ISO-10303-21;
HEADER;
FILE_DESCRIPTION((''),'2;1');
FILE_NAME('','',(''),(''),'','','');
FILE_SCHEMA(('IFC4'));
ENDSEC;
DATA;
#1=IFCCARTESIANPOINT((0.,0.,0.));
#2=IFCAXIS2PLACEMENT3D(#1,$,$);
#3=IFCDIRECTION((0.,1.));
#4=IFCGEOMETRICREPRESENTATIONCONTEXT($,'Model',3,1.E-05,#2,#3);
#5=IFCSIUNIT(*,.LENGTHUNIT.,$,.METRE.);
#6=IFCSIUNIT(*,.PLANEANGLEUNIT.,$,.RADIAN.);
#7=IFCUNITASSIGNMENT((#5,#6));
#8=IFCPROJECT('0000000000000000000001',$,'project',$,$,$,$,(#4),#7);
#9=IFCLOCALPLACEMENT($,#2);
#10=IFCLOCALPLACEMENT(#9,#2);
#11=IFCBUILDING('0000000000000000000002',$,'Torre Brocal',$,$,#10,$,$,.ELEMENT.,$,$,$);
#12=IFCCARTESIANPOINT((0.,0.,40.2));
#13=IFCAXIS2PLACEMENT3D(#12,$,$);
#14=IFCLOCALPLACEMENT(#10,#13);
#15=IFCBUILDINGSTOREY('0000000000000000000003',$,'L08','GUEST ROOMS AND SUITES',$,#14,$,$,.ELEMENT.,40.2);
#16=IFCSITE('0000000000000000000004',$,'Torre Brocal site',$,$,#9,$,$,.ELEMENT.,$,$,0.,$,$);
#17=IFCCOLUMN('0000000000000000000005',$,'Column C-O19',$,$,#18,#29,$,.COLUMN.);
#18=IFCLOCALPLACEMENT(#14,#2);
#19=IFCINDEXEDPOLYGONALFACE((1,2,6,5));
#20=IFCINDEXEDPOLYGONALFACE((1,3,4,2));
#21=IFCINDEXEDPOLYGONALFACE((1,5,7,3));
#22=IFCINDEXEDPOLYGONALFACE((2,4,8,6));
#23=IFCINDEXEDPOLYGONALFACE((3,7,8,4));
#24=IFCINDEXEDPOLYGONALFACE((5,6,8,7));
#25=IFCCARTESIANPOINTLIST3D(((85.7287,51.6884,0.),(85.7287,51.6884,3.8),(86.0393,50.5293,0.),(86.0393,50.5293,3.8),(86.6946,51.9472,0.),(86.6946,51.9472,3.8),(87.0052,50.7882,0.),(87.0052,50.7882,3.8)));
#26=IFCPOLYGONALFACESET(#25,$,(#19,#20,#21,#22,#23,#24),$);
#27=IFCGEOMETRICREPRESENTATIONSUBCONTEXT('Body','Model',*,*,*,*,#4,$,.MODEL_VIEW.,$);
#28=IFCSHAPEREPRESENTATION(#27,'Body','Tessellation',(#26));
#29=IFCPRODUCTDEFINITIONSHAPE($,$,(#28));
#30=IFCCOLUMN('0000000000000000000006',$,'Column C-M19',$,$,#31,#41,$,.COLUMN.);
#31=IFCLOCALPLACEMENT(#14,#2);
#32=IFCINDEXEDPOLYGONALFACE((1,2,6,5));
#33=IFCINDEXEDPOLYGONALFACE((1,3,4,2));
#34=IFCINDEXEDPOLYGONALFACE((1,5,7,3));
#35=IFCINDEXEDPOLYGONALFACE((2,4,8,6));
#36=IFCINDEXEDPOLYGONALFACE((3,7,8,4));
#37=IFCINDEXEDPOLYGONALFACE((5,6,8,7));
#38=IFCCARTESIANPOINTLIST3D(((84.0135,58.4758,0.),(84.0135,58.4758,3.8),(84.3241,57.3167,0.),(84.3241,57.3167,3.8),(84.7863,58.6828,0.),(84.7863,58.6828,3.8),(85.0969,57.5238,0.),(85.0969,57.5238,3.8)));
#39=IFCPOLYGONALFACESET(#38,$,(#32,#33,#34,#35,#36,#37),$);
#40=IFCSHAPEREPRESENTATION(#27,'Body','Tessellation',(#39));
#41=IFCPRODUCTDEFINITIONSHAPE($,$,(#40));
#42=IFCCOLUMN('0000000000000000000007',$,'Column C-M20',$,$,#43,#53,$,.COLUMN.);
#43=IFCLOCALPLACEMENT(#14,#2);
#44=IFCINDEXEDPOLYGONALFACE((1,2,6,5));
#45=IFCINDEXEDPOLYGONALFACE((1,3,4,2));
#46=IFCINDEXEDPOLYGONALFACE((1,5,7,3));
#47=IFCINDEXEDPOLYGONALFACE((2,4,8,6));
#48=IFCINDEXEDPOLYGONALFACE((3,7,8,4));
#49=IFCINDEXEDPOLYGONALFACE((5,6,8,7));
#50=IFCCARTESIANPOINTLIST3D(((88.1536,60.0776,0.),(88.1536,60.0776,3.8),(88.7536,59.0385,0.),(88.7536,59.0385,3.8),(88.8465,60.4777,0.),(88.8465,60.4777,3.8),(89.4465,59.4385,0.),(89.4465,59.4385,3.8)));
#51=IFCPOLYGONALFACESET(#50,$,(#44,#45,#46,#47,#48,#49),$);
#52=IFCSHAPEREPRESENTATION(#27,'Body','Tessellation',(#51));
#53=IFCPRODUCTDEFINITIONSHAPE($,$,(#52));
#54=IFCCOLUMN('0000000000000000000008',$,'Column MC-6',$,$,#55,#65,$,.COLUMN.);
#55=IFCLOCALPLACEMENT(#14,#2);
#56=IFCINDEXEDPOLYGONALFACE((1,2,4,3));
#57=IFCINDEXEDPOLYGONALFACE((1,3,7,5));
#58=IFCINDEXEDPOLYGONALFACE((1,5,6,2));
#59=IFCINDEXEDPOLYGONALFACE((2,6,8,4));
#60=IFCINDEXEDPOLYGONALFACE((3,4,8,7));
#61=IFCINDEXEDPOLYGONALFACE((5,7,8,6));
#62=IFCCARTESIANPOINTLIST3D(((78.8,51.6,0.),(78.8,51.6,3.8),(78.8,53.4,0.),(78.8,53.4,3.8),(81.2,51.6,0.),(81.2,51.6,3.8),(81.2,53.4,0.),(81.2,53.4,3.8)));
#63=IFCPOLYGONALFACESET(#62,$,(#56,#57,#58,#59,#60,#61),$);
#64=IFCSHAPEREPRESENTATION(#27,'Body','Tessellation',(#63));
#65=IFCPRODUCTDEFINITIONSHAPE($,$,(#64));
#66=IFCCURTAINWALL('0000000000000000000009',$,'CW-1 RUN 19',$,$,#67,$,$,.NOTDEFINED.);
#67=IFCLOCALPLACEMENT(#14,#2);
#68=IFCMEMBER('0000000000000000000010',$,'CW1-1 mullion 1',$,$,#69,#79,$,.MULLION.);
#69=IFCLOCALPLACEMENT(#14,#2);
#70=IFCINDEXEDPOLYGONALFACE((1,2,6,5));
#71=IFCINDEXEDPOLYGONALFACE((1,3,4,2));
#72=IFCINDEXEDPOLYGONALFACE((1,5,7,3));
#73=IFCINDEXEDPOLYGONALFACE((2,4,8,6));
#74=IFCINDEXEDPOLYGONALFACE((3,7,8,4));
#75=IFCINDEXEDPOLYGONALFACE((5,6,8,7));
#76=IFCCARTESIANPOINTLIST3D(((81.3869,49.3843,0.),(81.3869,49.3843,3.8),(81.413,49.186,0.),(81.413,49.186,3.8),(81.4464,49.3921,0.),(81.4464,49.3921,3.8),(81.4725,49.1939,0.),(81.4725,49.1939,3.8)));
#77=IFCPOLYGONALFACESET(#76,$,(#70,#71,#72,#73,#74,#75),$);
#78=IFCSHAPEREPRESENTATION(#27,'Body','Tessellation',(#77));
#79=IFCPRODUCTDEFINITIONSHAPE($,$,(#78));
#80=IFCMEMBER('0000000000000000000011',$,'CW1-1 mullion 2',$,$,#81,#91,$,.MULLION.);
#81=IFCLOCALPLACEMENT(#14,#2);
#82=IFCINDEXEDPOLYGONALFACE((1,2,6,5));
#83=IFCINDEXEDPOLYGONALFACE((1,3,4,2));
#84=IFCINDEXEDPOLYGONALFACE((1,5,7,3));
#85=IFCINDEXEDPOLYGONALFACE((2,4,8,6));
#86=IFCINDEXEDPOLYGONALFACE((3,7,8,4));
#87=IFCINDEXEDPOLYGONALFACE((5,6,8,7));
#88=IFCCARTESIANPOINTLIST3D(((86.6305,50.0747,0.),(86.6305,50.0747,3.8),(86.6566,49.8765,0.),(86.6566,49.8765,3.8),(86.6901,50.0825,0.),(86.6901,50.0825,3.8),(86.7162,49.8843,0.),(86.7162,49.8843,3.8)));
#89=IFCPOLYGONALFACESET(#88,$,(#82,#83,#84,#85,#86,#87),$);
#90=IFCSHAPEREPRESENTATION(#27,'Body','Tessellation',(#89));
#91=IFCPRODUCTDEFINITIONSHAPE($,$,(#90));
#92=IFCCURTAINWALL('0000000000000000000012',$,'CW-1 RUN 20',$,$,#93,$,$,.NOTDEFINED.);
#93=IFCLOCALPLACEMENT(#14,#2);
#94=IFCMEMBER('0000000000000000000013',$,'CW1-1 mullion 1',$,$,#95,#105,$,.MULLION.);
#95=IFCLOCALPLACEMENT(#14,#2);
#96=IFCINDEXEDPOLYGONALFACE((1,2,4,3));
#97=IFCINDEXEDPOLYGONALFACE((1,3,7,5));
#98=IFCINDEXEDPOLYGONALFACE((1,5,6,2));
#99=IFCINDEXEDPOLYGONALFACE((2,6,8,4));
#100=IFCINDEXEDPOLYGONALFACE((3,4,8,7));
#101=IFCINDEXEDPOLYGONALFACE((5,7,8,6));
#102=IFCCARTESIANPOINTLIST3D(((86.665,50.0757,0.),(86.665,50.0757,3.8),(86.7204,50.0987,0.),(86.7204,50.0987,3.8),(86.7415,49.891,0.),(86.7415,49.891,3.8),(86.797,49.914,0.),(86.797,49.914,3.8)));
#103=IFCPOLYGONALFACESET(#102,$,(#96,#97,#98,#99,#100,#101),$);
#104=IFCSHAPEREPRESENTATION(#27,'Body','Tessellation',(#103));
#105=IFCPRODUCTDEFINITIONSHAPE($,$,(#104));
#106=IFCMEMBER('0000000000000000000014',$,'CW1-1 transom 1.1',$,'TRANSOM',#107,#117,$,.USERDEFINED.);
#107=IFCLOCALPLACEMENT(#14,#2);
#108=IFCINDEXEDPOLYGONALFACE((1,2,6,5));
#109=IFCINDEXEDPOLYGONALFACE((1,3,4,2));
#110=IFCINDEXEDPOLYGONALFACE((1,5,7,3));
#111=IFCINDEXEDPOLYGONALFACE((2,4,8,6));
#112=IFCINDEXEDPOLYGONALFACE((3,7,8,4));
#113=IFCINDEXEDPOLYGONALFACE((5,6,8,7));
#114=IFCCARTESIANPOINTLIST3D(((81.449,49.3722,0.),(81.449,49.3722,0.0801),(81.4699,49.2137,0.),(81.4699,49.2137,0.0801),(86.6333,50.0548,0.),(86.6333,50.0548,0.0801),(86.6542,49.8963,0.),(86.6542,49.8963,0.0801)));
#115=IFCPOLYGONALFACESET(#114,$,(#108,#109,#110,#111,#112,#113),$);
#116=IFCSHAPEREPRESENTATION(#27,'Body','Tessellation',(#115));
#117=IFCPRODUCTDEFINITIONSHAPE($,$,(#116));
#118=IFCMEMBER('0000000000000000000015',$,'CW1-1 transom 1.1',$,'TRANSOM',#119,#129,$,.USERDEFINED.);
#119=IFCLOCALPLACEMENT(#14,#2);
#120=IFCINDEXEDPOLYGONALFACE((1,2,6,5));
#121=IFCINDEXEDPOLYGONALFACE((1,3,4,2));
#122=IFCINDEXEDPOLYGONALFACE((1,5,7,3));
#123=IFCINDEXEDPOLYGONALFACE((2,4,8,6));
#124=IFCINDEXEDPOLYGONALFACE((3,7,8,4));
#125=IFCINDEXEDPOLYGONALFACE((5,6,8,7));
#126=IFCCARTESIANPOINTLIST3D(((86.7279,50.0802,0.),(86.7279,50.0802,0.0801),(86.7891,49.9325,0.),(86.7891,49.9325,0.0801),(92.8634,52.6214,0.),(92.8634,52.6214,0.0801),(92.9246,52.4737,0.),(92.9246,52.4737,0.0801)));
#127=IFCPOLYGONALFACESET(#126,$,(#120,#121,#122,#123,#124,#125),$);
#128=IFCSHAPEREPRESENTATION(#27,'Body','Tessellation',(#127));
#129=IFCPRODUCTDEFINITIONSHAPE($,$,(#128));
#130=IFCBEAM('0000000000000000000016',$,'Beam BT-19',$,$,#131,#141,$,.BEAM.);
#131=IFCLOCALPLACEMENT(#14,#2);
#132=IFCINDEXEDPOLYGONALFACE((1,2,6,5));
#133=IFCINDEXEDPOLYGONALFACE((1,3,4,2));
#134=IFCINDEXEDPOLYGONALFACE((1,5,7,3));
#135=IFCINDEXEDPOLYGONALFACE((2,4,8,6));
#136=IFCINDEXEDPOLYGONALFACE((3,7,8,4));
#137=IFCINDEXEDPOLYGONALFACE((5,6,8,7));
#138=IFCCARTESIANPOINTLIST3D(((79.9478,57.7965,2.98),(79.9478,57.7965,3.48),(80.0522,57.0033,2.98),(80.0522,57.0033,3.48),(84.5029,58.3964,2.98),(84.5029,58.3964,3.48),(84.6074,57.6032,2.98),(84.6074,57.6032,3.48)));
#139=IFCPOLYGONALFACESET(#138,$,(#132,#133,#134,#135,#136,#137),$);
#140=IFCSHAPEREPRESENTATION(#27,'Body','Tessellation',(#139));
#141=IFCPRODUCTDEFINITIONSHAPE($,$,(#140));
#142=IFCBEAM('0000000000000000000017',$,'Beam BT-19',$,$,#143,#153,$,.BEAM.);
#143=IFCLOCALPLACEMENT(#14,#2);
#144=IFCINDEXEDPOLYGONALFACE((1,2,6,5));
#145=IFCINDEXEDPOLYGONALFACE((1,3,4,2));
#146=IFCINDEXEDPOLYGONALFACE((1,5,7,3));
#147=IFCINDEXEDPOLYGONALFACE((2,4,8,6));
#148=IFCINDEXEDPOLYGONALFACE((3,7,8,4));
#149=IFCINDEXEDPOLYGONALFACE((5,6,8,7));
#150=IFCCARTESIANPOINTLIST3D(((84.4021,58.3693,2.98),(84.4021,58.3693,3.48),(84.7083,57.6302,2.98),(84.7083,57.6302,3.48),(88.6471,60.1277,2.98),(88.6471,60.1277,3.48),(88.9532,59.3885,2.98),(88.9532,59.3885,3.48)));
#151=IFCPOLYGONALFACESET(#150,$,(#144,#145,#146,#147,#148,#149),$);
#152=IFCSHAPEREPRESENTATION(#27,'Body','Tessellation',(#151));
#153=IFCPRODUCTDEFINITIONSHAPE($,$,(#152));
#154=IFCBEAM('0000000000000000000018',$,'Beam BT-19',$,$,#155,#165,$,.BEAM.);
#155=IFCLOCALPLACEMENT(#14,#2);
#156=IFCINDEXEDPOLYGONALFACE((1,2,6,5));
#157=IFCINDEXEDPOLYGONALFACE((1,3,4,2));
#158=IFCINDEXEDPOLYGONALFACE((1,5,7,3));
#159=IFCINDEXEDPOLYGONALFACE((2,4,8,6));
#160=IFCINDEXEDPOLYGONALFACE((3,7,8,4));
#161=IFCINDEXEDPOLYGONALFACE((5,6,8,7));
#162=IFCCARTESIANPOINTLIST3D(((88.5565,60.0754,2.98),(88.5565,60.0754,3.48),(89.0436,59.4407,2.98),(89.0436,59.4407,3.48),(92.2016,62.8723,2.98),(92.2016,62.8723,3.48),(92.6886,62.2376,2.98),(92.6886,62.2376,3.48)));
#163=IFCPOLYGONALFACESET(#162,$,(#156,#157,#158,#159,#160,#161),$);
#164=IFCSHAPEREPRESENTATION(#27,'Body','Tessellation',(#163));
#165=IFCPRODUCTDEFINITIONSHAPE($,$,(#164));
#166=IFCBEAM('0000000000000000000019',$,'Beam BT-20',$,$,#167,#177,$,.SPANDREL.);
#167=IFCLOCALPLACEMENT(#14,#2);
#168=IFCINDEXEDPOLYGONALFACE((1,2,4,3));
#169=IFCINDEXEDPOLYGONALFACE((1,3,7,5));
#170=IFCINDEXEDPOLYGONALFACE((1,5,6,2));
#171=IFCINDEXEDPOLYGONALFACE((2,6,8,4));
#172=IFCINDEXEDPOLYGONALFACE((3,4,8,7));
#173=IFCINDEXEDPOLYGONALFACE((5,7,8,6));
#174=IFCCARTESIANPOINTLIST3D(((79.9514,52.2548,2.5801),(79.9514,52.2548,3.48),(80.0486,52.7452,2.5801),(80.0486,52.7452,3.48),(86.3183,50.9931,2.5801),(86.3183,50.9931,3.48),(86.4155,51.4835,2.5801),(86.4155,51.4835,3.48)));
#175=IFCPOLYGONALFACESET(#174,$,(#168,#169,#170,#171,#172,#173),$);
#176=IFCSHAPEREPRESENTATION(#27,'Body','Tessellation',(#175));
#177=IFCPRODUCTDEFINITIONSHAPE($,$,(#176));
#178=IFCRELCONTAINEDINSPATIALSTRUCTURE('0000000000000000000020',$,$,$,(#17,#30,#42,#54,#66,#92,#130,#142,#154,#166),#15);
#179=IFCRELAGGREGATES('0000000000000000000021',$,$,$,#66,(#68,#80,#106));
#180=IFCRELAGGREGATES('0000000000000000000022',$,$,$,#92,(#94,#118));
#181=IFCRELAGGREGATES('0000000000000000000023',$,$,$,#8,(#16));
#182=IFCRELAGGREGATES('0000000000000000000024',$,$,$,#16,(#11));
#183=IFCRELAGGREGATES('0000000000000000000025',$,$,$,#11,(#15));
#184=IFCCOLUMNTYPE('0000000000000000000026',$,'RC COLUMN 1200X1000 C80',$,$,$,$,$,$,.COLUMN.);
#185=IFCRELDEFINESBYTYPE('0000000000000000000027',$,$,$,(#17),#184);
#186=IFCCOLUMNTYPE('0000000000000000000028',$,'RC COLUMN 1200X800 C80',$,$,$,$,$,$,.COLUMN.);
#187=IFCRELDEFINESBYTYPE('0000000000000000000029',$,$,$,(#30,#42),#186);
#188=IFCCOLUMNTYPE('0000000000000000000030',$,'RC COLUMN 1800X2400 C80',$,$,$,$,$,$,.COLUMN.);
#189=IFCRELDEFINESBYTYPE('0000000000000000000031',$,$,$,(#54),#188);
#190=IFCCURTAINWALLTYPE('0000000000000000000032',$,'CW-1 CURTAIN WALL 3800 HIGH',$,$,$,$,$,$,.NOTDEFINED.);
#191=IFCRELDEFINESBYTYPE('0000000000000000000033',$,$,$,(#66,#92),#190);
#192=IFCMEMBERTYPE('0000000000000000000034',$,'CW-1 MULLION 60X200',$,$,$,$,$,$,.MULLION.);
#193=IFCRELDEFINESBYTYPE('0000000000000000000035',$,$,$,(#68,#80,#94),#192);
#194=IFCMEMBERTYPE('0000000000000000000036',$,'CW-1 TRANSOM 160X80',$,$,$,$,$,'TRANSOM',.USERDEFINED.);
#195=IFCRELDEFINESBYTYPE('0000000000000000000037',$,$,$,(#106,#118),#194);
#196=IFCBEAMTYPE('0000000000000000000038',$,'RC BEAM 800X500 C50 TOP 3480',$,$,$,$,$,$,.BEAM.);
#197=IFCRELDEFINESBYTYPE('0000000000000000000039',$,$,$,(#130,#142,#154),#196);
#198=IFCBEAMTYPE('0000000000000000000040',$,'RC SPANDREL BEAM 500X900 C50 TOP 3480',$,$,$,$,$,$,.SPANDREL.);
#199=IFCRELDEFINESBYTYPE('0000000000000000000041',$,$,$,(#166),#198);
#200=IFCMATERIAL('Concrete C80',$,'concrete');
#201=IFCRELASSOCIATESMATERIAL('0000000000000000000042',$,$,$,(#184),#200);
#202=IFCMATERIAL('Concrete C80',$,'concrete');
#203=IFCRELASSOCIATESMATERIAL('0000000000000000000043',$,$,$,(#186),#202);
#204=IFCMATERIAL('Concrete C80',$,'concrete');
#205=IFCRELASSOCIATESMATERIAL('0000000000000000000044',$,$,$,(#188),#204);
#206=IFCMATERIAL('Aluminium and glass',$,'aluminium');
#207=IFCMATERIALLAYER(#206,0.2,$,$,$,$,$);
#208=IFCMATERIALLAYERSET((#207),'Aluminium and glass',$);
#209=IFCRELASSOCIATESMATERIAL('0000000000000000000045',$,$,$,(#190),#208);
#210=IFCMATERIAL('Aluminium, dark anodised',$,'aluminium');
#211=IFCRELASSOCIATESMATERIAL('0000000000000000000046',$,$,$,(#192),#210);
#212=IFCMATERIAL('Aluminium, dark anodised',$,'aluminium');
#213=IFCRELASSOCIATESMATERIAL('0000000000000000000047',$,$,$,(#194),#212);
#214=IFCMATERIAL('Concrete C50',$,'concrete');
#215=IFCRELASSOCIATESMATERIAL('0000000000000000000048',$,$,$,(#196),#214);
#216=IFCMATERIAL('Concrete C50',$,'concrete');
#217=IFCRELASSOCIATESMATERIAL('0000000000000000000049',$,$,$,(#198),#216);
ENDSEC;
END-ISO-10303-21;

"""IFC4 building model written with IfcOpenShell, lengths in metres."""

from ifc_helpers import new_model, si_unit, direction, frame, origin, origin_2d, place, context, subcontext, project, spatial, rectangle, extrude, material, layer, layer_set, material_profile, profile_set, type_object, element, aggregate, save


model = new_model("IFC4")

# Units and contexts
model_context = context("Model", 3, precision=1e-05, world=origin(), true_north=direction((0.0, 1.0)))
body_context = subcontext(model_context, "Body", "Model", "MODEL_VIEW")
ifc_project = project(units=[si_unit("LENGTHUNIT", "METRE"), si_unit("PLANEANGLEUNIT", "RADIAN")], contexts=[model_context])

# Site, building, storey
site_placement = place(None, origin())
site = spatial("IfcSite", under=ifc_project, at=site_placement, Name="Torre Brocal site", CompositionType="ELEMENT", RefElevation=0.0)
building_placement = place(site_placement, origin())
building = spatial("IfcBuilding", under=site, at=building_placement, Name="Torre Brocal", CompositionType="ELEMENT")
storey_placement = place(building_placement, frame((0.0, 0.0, 40.2)))
storey = spatial("IfcBuildingStorey", under=building, at=storey_placement, Name="L08", Description="GUEST ROOMS AND SUITES", CompositionType="ELEMENT", Elevation=40.2)

# Columns
ifc_material_1 = material(Name="Concrete C80", Category="concrete")
ifc_material_profile_1 = material_profile(ifc_material_1, rectangle(XDim=1.2, YDim=1.0, at=origin_2d()), Name="RC 1200X1000")
ifc_profile_set_1 = profile_set([ifc_material_profile_1], Name="Concrete C80")
column_type_1 = type_object("IfcColumnType", Name="RC COLUMN 1200X1000 C80", PredefinedType="COLUMN", material=ifc_profile_set_1)
column_1_placement = place(storey_placement, frame((86.3669, 51.2383, 0.0), z_axis=(0.0, 0.0, 1.0), x_axis=(0.258819, -0.965926, 0.0)))
element("IfcColumn", 1, at=column_1_placement, inside=storey, type_object=column_type_1, Name="Column C-O19", PredefinedType="COLUMN", context=body_context, shape_type="SweptSolid", body=[
    extrude(rectangle(XDim=1.2, YDim=1.0, at=origin_2d()), origin(), (0.0, 0.0, 1.0), 3.8),
])
ifc_material_2 = material(Name="Concrete C80", Category="concrete")
ifc_material_profile_2 = material_profile(ifc_material_2, rectangle(XDim=1.2, YDim=0.8, at=origin_2d()), Name="RC 1200X800")
ifc_profile_set_2 = profile_set([ifc_material_profile_2], Name="Concrete C80")
column_type_2 = type_object("IfcColumnType", Name="RC COLUMN 1200X800 C80", PredefinedType="COLUMN", material=ifc_profile_set_2)
for number, where, z_axis, x_axis, name in (
    (2, (84.5552, 57.9998, 0.0), (0.0, 0.0, 1.0), (0.258819, -0.965926, 0.0), "Column C-M19"),
    (3, (88.8, 59.7581, 0.0), (0.0, 0.0, 1.0), (0.5, -0.866025, 0.0), "Column C-M20"),
):
    element("IfcColumn", number, at=place(storey_placement, frame(where, z_axis=z_axis, x_axis=x_axis)), inside=storey, type_object=column_type_2, Name=name, PredefinedType="COLUMN", context=body_context, shape_type="SweptSolid", body=[
        extrude(rectangle(XDim=1.2, YDim=0.8, at=origin_2d()), origin(), (0.0, 0.0, 1.0), 3.8),
    ])
ifc_material_3 = material(Name="Concrete C80", Category="concrete")
ifc_material_profile_3 = material_profile(ifc_material_3, rectangle(XDim=1.8, YDim=2.3999, at=origin_2d()), Name="RC 1800X2400")
ifc_profile_set_3 = profile_set([ifc_material_profile_3], Name="Concrete C80")
column_type_3 = type_object("IfcColumnType", Name="RC COLUMN 1800X2400 C80", PredefinedType="COLUMN", material=ifc_profile_set_3)
column_2_placement = place(storey_placement, frame((80.0, 52.5, 0.0), z_axis=(0.0, 0.0, 1.0), x_axis=(0.0, -1.0, 0.0)))
element("IfcColumn", 4, at=column_2_placement, inside=storey, type_object=column_type_3, Name="Column MC-6", PredefinedType="COLUMN", context=body_context, shape_type="SweptSolid", body=[
    extrude(rectangle(XDim=1.8, YDim=2.3999, at=origin_2d()), origin(), (0.0, 0.0, 1.0), 3.8),
])

# Curtain wall, members
ifc_material_4 = material(Name="Aluminium and glass", Category="aluminium")
ifc_layer_1 = layer(ifc_material_4, 0.2)
ifc_layer_set_1 = layer_set([ifc_layer_1], Name="Aluminium and glass")
curtain_wall_type = type_object("IfcCurtainWallType", Name="CW-1 CURTAIN WALL 3800 HIGH", PredefinedType="NOTDEFINED", material=ifc_layer_set_1)
curtain_wall_1_placement = place(storey_placement, origin())
curtain_wall_1 = element("IfcCurtainWall", 5, at=curtain_wall_1_placement, inside=storey, type_object=curtain_wall_type, Name="CW-1 RUN 19", PredefinedType="NOTDEFINED")
ifc_material_5 = material(Name="Aluminium, dark anodised", Category="aluminium")
ifc_material_profile_4 = material_profile(ifc_material_5, rectangle(XDim=0.2, YDim=0.0601, at=origin_2d()), Name="CW-1 MULLION 60X200")
ifc_profile_set_4 = profile_set([ifc_material_profile_4], Name="Aluminium, dark anodised")
member_type_1 = type_object("IfcMemberType", Name="CW-1 MULLION 60X200", PredefinedType="MULLION", material=ifc_profile_set_4)
member_1_placement = place(storey_placement, frame((81.4297, 49.2891, 0.0), z_axis=(0.0, 0.0, 1.0), x_axis=(-0.130526, 0.991445, 0.0)))
member_1 = element("IfcMember", 6, at=member_1_placement, type_object=member_type_1, Name="CW1-1 mullion 1", PredefinedType="MULLION", context=body_context, shape_type="SweptSolid", body=[
    extrude(rectangle(XDim=0.2, YDim=0.0601, at=origin_2d()), origin(), (0.0, 0.0, 1.0), 3.8),
])
member_2_placement = place(storey_placement, frame((86.6733, 49.9795, 0.0), z_axis=(0.0, 0.0, 1.0), x_axis=(-0.130526, 0.991445, 0.0)))
member_2 = element("IfcMember", 7, at=member_2_placement, type_object=member_type_1, Name="CW1-1 mullion 2", PredefinedType="MULLION", context=body_context, shape_type="SweptSolid", body=[
    extrude(rectangle(XDim=0.2, YDim=0.0601, at=origin_2d()), origin(), (0.0, 0.0, 1.0), 3.8),
])

# Curtain wall, member
curtain_wall_2_placement = place(storey_placement, origin())
curtain_wall_2 = element("IfcCurtainWall", 8, at=curtain_wall_2_placement, inside=storey, type_object=curtain_wall_type, Name="CW-1 RUN 20", PredefinedType="NOTDEFINED")
member_3_placement = place(storey_placement, frame((86.731, 49.9949, 0.0), z_axis=(0.0, 0.0, 1.0), x_axis=(-0.382683, 0.92388, 0.0)))
member_3 = element("IfcMember", 9, at=member_3_placement, type_object=member_type_1, Name="CW1-1 mullion 1", PredefinedType="MULLION", context=body_context, shape_type="SweptSolid", body=[
    extrude(rectangle(XDim=0.2, YDim=0.0601, at=origin_2d()), origin(), (0.0, 0.0, 1.0), 3.8),
])

# Members
ifc_material_6 = material(Name="Aluminium, dark anodised", Category="aluminium")
ifc_material_profile_5 = material_profile(ifc_material_6, rectangle(XDim=0.1599, YDim=0.0801, at=origin_2d()), Name="CW-1 TRANSOM 160X80")
ifc_profile_set_5 = profile_set([ifc_material_profile_5], Name="Aluminium, dark anodised")
member_type_2 = type_object("IfcMemberType", Name="CW-1 TRANSOM 160X80", ElementType="TRANSOM", PredefinedType="USERDEFINED", material=ifc_profile_set_5)
member_4_placement = place(storey_placement, frame((81.4595, 49.293, 0.04), z_axis=(0.991443, 0.130543, 0.0), x_axis=(-0.130543, 0.991443, 0.0)))
member_4 = element("IfcMember", 10, at=member_4_placement, type_object=member_type_2, Name="CW1-1 transom 1.1", ObjectType="TRANSOM", PredefinedType="USERDEFINED", context=body_context, shape_type="SweptSolid", body=[
    extrude(rectangle(XDim=0.1599, YDim=0.0801, at=origin_2d()), origin(), (0.0, 0.0, 1.0), 5.229),
])
member_5_placement = place(storey_placement, frame((86.7585, 50.0063, 0.04), z_axis=(0.923887, 0.382665, 0.0), x_axis=(-0.382665, 0.923887, 0.0)))
member_5 = element("IfcMember", 11, at=member_5_placement, type_object=member_type_2, Name="CW1-1 transom 1.1", ObjectType="TRANSOM", PredefinedType="USERDEFINED", context=body_context, shape_type="SweptSolid", body=[
    extrude(rectangle(XDim=0.1599, YDim=0.0801, at=origin_2d()), origin(), (0.0, 0.0, 1.0), 6.6409),
])

# Beams
ifc_material_7 = material(Name="Concrete C50", Category="concrete")
ifc_material_profile_6 = material_profile(ifc_material_7, rectangle(XDim=0.8, YDim=0.5, at=origin_2d()), Name="RC 800X500")
ifc_profile_set_6 = profile_set([ifc_material_profile_6], Name="Concrete C50")
beam_type_1 = type_object("IfcBeamType", Name="RC BEAM 800X500 C50 TOP 3480", PredefinedType="BEAM", material=ifc_profile_set_6)
beam_1_placement = place(storey_placement, frame((80.0, 57.3999, 3.23), z_axis=(0.991441, 0.130559, 0.0), x_axis=(-0.130559, 0.991441, 0.0)))
element("IfcBeam", 12, at=beam_1_placement, inside=storey, type_object=beam_type_1, Name="Beam BT-19", PredefinedType="BEAM", context=body_context, shape_type="SweptSolid", body=[
    extrude(rectangle(XDim=0.8, YDim=0.5, at=origin_2d()), origin(), (0.0, 0.0, 1.0), 4.5945),
])
beam_2_placement = place(storey_placement, frame((84.5552, 57.9998, 3.23), z_axis=(0.923878, 0.382687, 0.0), x_axis=(-0.382687, 0.923878, 0.0)))
element("IfcBeam", 13, at=beam_2_placement, inside=storey, type_object=beam_type_1, Name="Beam BT-19", PredefinedType="BEAM", context=body_context, shape_type="SweptSolid", body=[
    extrude(rectangle(XDim=0.8, YDim=0.5, at=origin_2d()), origin(), (0.0, 0.0, 1.0), 4.5947),
])
beam_3_placement = place(storey_placement, frame((88.8, 59.7581, 3.23), z_axis=(0.793358, 0.608755, 0.0), x_axis=(-0.608755, 0.793358, 0.0)))
element("IfcBeam", 14, at=beam_3_placement, inside=storey, type_object=beam_type_1, Name="Beam BT-19", PredefinedType="BEAM", context=body_context, shape_type="SweptSolid", body=[
    extrude(rectangle(XDim=0.8, YDim=0.5, at=origin_2d()), origin(), (0.0, 0.0, 1.0), 4.5945),
])
ifc_material_8 = material(Name="Concrete C50", Category="concrete")
ifc_material_profile_7 = material_profile(ifc_material_8, rectangle(XDim=0.5, YDim=0.8999, at=origin_2d()), Name="RC 500X900")
ifc_profile_set_7 = profile_set([ifc_material_profile_7], Name="Concrete C50")
beam_type_2 = type_object("IfcBeamType", Name="RC SPANDREL BEAM 500X900 C50 TOP 3480", PredefinedType="SPANDREL", material=ifc_profile_set_7)
beam_4_placement = place(storey_placement, frame((80.0, 52.5, 3.03), z_axis=(0.980925, -0.194387, 0.0), x_axis=(0.194387, 0.980925, 0.0)))
element("IfcBeam", 15, at=beam_4_placement, inside=storey, type_object=beam_type_2, Name="Beam BT-20", PredefinedType="SPANDREL", context=body_context, shape_type="SweptSolid", body=[
    extrude(rectangle(XDim=0.5, YDim=0.8999, at=origin_2d()), origin(), (0.0, 0.0, 1.0), 6.4907),
])

aggregate(curtain_wall_1, [member_1, member_2, member_4])
aggregate(curtain_wall_2, [member_3, member_5])

save(model, "model.ifc")
